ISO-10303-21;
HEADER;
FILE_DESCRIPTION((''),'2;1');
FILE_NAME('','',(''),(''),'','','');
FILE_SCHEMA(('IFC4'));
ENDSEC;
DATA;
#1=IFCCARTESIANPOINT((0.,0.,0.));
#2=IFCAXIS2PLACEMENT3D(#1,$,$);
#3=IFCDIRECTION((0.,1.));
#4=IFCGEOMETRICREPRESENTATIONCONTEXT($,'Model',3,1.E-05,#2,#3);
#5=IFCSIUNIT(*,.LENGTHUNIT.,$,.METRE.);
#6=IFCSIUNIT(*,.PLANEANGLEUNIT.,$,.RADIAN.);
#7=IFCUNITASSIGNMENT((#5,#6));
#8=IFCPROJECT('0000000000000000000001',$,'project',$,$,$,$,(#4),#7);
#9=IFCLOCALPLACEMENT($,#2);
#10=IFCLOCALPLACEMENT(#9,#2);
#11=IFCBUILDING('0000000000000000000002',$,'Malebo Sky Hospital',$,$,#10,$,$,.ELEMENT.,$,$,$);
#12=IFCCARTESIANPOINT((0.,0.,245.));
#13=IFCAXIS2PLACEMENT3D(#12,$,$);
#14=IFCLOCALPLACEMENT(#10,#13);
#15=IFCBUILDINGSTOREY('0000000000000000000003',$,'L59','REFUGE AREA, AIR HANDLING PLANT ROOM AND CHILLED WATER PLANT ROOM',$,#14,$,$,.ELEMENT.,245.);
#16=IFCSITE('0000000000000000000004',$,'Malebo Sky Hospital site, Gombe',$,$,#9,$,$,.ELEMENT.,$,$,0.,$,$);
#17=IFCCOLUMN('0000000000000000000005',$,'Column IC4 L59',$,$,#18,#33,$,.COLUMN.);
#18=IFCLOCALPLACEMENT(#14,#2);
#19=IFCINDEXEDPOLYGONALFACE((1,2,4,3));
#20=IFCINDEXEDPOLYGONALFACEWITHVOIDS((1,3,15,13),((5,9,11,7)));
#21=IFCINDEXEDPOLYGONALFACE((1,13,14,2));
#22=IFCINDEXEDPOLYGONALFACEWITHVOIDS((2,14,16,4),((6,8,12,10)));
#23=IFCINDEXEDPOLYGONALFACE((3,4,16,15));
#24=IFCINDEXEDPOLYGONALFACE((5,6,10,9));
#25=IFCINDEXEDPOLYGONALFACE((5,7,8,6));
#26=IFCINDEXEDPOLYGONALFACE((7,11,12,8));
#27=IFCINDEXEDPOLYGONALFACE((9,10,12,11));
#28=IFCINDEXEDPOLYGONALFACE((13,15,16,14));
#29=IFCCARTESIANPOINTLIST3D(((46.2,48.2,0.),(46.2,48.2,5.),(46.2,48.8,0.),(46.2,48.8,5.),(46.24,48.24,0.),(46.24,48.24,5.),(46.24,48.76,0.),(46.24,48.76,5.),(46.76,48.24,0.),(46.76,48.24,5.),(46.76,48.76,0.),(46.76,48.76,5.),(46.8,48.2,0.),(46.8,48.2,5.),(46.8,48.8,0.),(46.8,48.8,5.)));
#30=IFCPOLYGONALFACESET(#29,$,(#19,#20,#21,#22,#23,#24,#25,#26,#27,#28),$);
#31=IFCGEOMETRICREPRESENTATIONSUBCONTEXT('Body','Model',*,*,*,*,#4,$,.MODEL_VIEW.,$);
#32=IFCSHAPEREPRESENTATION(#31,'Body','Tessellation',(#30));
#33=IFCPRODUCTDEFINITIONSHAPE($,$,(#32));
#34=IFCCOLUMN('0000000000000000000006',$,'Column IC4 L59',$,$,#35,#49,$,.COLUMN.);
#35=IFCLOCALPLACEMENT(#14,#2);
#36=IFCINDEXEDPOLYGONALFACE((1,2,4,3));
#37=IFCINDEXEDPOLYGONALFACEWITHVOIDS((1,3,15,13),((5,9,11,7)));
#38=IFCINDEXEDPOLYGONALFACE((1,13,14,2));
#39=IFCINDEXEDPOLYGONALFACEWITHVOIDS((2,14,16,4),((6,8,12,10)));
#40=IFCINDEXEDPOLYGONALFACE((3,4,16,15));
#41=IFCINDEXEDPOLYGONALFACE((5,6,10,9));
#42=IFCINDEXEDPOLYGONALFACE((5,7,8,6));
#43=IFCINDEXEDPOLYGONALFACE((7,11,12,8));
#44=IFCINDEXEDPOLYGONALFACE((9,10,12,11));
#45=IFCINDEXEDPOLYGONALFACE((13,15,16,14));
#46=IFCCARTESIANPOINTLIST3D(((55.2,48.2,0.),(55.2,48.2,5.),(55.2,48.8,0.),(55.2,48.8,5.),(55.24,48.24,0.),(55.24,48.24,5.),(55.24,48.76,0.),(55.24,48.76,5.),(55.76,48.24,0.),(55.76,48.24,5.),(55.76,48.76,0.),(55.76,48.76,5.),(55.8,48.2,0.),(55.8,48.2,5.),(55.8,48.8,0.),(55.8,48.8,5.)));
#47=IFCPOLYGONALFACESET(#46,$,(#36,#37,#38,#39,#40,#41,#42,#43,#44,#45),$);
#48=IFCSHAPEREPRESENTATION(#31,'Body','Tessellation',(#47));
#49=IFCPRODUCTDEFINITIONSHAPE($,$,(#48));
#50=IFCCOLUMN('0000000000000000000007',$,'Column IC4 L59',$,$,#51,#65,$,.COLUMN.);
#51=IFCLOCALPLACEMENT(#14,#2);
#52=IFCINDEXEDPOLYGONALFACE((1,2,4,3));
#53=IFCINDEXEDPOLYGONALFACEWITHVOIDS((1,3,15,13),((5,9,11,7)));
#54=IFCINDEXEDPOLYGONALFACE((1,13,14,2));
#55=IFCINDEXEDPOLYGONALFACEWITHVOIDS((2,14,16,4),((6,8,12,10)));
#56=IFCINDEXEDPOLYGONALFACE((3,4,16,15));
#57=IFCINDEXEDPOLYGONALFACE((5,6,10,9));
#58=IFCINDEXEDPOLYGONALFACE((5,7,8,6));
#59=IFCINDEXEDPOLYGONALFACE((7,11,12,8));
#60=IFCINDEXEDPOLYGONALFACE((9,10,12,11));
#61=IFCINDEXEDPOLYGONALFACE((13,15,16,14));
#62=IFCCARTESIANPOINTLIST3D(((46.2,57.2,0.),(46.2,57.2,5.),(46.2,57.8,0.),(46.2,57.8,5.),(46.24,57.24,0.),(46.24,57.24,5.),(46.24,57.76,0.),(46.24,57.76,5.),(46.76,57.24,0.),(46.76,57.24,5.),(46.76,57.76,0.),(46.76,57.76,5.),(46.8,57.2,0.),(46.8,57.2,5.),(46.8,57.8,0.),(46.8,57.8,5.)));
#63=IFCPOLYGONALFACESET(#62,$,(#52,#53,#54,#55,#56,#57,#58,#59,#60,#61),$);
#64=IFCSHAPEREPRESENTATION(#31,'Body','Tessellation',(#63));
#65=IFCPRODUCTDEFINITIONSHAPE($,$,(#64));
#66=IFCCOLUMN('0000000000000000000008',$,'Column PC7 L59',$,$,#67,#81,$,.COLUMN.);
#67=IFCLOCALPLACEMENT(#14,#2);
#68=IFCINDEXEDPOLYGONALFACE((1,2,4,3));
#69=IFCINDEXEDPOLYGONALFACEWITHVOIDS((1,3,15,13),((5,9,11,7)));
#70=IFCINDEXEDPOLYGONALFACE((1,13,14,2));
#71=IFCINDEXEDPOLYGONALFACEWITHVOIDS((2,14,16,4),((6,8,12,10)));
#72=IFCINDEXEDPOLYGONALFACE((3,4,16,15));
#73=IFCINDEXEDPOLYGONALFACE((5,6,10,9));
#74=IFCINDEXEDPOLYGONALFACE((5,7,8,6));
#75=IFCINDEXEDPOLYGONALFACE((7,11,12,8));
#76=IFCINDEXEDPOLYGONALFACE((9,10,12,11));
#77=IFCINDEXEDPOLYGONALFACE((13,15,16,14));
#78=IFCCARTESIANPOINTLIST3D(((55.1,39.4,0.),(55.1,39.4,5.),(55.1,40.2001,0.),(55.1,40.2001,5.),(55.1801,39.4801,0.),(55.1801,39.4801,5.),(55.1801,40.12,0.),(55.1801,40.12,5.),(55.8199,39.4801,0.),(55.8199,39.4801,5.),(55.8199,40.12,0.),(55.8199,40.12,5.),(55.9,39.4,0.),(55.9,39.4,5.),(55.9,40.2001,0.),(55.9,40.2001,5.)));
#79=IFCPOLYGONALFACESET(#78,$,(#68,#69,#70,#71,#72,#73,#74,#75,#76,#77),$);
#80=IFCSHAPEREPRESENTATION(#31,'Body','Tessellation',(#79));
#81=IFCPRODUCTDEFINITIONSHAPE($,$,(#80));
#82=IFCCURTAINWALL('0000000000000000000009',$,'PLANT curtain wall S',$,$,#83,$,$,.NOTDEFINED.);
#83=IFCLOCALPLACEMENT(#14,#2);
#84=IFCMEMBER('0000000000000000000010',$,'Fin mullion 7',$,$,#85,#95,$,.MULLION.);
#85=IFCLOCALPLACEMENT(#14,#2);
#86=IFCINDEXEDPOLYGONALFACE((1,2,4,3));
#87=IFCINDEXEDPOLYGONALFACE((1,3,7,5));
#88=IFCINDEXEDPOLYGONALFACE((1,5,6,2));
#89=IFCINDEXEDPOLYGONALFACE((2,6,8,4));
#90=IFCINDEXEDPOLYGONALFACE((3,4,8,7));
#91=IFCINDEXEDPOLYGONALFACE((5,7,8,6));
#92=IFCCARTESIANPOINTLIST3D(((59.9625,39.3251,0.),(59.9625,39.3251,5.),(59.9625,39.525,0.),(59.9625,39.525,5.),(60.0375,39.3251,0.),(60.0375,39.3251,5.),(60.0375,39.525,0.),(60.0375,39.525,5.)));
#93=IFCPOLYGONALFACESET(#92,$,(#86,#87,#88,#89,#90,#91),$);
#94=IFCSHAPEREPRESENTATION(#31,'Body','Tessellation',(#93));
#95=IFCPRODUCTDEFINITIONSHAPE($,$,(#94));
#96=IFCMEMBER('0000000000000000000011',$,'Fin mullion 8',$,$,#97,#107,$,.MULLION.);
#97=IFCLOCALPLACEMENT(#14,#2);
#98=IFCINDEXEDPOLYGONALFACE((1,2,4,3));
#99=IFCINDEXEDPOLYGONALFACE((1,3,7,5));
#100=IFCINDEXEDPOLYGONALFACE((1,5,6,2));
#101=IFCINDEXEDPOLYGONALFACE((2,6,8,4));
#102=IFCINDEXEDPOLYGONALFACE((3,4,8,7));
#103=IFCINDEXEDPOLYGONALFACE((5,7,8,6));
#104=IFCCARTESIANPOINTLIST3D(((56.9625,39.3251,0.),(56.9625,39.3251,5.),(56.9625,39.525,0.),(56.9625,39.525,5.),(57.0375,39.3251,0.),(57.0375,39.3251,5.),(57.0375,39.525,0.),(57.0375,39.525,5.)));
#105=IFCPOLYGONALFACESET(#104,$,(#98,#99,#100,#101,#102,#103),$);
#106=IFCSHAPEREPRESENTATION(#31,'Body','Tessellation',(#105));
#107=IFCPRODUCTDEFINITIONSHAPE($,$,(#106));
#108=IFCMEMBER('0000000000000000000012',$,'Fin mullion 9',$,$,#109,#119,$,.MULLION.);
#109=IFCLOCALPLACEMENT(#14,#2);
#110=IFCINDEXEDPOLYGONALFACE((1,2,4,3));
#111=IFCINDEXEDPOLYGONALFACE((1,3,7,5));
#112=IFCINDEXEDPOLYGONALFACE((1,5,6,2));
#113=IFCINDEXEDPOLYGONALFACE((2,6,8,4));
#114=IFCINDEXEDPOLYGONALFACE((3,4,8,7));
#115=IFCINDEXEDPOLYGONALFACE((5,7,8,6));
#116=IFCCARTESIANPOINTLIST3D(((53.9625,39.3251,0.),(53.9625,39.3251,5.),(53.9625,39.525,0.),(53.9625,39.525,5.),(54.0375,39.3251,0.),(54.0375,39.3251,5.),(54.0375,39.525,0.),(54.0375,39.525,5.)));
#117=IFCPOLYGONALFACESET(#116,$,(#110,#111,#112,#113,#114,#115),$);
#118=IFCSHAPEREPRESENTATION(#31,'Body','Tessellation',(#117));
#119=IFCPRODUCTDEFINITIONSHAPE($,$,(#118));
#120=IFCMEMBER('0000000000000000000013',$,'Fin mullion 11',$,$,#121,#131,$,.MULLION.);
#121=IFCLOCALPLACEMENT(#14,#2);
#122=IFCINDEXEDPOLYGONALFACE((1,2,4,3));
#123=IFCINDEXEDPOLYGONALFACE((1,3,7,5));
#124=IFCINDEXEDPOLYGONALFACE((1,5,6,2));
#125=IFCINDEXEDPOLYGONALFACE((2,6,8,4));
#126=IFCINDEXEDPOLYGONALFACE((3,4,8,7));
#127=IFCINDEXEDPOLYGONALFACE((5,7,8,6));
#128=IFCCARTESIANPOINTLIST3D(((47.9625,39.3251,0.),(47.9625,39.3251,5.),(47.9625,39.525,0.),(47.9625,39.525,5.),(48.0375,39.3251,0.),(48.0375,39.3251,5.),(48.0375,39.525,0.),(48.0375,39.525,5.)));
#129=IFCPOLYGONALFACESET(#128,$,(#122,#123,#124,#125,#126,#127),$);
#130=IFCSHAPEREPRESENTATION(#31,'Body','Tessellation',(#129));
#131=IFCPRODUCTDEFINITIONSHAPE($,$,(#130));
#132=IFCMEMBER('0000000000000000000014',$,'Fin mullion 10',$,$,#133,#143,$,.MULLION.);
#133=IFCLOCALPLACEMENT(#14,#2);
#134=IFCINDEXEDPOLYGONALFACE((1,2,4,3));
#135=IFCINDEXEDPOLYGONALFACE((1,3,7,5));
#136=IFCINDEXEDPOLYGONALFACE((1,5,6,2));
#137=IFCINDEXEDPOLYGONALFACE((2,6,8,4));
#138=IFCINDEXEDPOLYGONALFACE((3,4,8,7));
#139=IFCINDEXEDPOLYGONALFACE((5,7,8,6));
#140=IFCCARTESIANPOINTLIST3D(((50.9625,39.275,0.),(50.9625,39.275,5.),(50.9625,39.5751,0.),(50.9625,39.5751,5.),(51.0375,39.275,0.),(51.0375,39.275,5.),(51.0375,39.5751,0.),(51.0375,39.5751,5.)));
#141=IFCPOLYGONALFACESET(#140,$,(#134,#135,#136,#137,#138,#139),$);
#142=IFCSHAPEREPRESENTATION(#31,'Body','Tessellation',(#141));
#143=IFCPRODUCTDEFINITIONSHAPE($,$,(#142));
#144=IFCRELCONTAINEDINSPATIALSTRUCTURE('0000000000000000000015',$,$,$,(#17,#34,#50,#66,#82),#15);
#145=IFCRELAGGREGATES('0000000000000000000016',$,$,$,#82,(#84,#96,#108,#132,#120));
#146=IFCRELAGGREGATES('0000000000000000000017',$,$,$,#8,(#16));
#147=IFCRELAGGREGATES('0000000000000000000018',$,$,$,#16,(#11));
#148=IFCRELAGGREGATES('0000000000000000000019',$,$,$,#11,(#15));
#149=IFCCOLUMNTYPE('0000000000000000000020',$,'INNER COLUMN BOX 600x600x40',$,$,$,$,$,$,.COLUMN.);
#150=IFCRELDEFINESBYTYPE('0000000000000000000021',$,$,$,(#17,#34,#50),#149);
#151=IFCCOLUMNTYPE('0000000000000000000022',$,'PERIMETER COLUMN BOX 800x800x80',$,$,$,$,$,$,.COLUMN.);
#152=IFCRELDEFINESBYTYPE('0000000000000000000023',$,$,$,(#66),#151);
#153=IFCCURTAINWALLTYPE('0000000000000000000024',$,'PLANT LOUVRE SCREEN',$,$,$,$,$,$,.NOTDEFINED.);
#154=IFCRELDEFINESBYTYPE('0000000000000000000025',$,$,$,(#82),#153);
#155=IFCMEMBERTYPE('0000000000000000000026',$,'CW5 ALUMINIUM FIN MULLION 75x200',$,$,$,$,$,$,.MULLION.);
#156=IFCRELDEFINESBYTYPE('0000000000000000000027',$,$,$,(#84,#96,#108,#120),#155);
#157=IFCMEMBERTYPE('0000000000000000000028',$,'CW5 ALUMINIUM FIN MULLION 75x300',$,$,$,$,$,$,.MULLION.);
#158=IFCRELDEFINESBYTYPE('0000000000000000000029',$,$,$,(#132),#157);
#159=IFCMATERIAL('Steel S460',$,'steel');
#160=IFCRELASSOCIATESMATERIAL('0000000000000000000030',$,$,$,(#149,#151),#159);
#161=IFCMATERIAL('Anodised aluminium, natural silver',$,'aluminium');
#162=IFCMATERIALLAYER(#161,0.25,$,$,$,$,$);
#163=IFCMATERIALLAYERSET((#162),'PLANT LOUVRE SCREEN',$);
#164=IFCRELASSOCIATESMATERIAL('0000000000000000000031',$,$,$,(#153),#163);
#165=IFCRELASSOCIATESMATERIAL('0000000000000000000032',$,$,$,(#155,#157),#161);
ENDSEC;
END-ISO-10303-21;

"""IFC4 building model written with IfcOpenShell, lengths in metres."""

from ifc_helpers import new_model, si_unit, direction, frame, origin, origin_2d, place, context, subcontext, project, spatial, rectangle, hollow_rectangle, extrude, material, layer, layer_set, material_profile, profile_set, type_object, element, aggregate, save


model = new_model("IFC4")

# Units and contexts
model_context = context("Model", 3, precision=1e-05, world=origin(), true_north=direction((0.0, 1.0)))
body_context = subcontext(model_context, "Body", "Model", "MODEL_VIEW")
ifc_project = project(units=[si_unit("LENGTHUNIT", "METRE"), si_unit("PLANEANGLEUNIT", "RADIAN")], contexts=[model_context])

# Site, building, storey
site_placement = place(None, origin())
site = spatial("IfcSite", under=ifc_project, at=site_placement, Name="Malebo Sky Hospital site, Gombe", CompositionType="ELEMENT", RefElevation=0.0)
building_placement = place(site_placement, origin())
building = spatial("IfcBuilding", under=site, at=building_placement, Name="Malebo Sky Hospital", CompositionType="ELEMENT")
storey_placement = place(building_placement, frame((0.0, 0.0, 245.0)))
storey = spatial("IfcBuildingStorey", under=building, at=storey_placement, Name="L59", Description="REFUGE AREA, AIR HANDLING PLANT ROOM AND CHILLED WATER PLANT ROOM", CompositionType="ELEMENT", Elevation=245.0)

# Columns
ifc_material_1 = material(Name="Steel S460", Category="steel")
ifc_material_profile_1 = material_profile(ifc_material_1, hollow_rectangle(XDim=0.6001, YDim=0.6001, WallThickness=0.04, at=origin_2d()), Name="BOX 600x600x40")
ifc_profile_set_1 = profile_set([ifc_material_profile_1], Name="Steel S460")
column_type_1 = type_object("IfcColumnType", Name="INNER COLUMN BOX 600x600x40", PredefinedType="COLUMN", material=ifc_profile_set_1)
for number, where, z_axis, x_axis, name in (
    (1, (46.5, 48.5, 0.0), (0.0, 0.0, 1.0), (1.0, 0.0, 0.0), "Column IC4 L59"),
    (2, (55.5, 48.5, 0.0), (0.0, 0.0, 1.0), (1.0, 0.0, 0.0), "Column IC4 L59"),
    (3, (46.5, 57.5, 0.0), (0.0, 0.0, 1.0), (1.0, 0.0, 0.0), "Column IC4 L59"),
):
    element("IfcColumn", number, at=place(storey_placement, frame(where, z_axis=z_axis, x_axis=x_axis)), inside=storey, type_object=column_type_1, Name=name, PredefinedType="COLUMN", context=body_context, shape_type="SweptSolid", body=[
        extrude(hollow_rectangle(XDim=0.6001, YDim=0.6001, WallThickness=0.04, at=origin_2d()), origin(), (0.0, 0.0, 1.0), 5.0),
    ])
ifc_material_profile_2 = material_profile(ifc_material_1, hollow_rectangle(XDim=0.8, YDim=0.8, WallThickness=0.0801, at=origin_2d()), Name="BOX 800x800x80")
ifc_profile_set_2 = profile_set([ifc_material_profile_2], Name="Steel S460")
column_type_2 = type_object("IfcColumnType", Name="PERIMETER COLUMN BOX 800x800x80", PredefinedType="COLUMN", material=ifc_profile_set_2)
column_placement = place(storey_placement, frame((55.5, 39.8, 0.0), z_axis=(0.0, 0.0, 1.0), x_axis=(1.0, 0.0, 0.0)))
element("IfcColumn", 4, at=column_placement, inside=storey, type_object=column_type_2, Name="Column PC7 L59", PredefinedType="COLUMN", context=body_context, shape_type="SweptSolid", body=[
    extrude(hollow_rectangle(XDim=0.8, YDim=0.8, WallThickness=0.0801, at=origin_2d()), origin(), (0.0, 0.0, 1.0), 5.0),
])

# Curtain wall, members
ifc_material_2 = material(Name="Anodised aluminium, natural silver", Category="aluminium")
ifc_layer_1 = layer(ifc_material_2, 0.25)
ifc_layer_set_1 = layer_set([ifc_layer_1], Name="PLANT LOUVRE SCREEN")
curtain_wall_type = type_object("IfcCurtainWallType", Name="PLANT LOUVRE SCREEN", PredefinedType="NOTDEFINED", material=ifc_layer_set_1)
curtain_wall_placement = place(storey_placement, origin())
curtain_wall = element("IfcCurtainWall", 5, at=curtain_wall_placement, inside=storey, type_object=curtain_wall_type, Name="PLANT curtain wall S", PredefinedType="NOTDEFINED")
ifc_material_profile_3 = material_profile(ifc_material_2, rectangle(XDim=0.075, YDim=0.2, at=origin_2d()), Name="CW5 ALUMINIUM FIN MULLION 75x200")
ifc_profile_set_3 = profile_set([ifc_material_profile_3], Name="Anodised aluminium, natural silver")
member_type_1 = type_object("IfcMemberType", Name="CW5 ALUMINIUM FIN MULLION 75x200", PredefinedType="MULLION", material=ifc_profile_set_3)
member_1_placement = place(storey_placement, frame((60.0, 39.425, 0.0), z_axis=(0.0, 0.0, 1.0), x_axis=(-1.0, 0.0, 0.0)))
member_1 = element("IfcMember", 6, at=member_1_placement, type_object=member_type_1, Name="Fin mullion 7", PredefinedType="MULLION", context=body_context, shape_type="SweptSolid", body=[
    extrude(rectangle(XDim=0.075, YDim=0.2, at=origin_2d()), origin(), (0.0, 0.0, 1.0), 5.0),
])
member_2_placement = place(storey_placement, frame((57.0, 39.425, 0.0), z_axis=(0.0, 0.0, 1.0), x_axis=(-1.0, 0.0, 0.0)))
member_2 = element("IfcMember", 7, at=member_2_placement, type_object=member_type_1, Name="Fin mullion 8", PredefinedType="MULLION", context=body_context, shape_type="SweptSolid", body=[
    extrude(rectangle(XDim=0.075, YDim=0.2, at=origin_2d()), origin(), (0.0, 0.0, 1.0), 5.0),
])
member_3_placement = place(storey_placement, frame((54.0, 39.425, 0.0), z_axis=(0.0, 0.0, 1.0), x_axis=(-1.0, 0.0, 0.0)))
member_3 = element("IfcMember", 8, at=member_3_placement, type_object=member_type_1, Name="Fin mullion 9", PredefinedType="MULLION", context=body_context, shape_type="SweptSolid", body=[
    extrude(rectangle(XDim=0.075, YDim=0.2, at=origin_2d()), origin(), (0.0, 0.0, 1.0), 5.0),
])
member_4_placement = place(storey_placement, frame((48.0, 39.425, 0.0), z_axis=(0.0, 0.0, 1.0), x_axis=(-1.0, 0.0, 0.0)))
member_4 = element("IfcMember", 9, at=member_4_placement, type_object=member_type_1, Name="Fin mullion 11", PredefinedType="MULLION", context=body_context, shape_type="SweptSolid", body=[
    extrude(rectangle(XDim=0.075, YDim=0.2, at=origin_2d()), origin(), (0.0, 0.0, 1.0), 5.0),
])
ifc_material_profile_4 = material_profile(ifc_material_2, rectangle(XDim=0.075, YDim=0.3, at=origin_2d()), Name="CW5 ALUMINIUM FIN MULLION 75x300")
ifc_profile_set_4 = profile_set([ifc_material_profile_4], Name="Anodised aluminium, natural silver")
member_type_2 = type_object("IfcMemberType", Name="CW5 ALUMINIUM FIN MULLION 75x300", PredefinedType="MULLION", material=ifc_profile_set_4)
member_5_placement = place(storey_placement, frame((51.0, 39.425, 0.0), z_axis=(0.0, 0.0, 1.0), x_axis=(-1.0, 0.0, 0.0)))
member_5 = element("IfcMember", 10, at=member_5_placement, type_object=member_type_2, Name="Fin mullion 10", PredefinedType="MULLION", context=body_context, shape_type="SweptSolid", body=[
    extrude(rectangle(XDim=0.075, YDim=0.3, at=origin_2d()), origin(), (0.0, 0.0, 1.0), 5.0),
])
aggregate(curtain_wall, [member_1, member_2, member_3, member_5, member_4])

save(model, "model.ifc")
